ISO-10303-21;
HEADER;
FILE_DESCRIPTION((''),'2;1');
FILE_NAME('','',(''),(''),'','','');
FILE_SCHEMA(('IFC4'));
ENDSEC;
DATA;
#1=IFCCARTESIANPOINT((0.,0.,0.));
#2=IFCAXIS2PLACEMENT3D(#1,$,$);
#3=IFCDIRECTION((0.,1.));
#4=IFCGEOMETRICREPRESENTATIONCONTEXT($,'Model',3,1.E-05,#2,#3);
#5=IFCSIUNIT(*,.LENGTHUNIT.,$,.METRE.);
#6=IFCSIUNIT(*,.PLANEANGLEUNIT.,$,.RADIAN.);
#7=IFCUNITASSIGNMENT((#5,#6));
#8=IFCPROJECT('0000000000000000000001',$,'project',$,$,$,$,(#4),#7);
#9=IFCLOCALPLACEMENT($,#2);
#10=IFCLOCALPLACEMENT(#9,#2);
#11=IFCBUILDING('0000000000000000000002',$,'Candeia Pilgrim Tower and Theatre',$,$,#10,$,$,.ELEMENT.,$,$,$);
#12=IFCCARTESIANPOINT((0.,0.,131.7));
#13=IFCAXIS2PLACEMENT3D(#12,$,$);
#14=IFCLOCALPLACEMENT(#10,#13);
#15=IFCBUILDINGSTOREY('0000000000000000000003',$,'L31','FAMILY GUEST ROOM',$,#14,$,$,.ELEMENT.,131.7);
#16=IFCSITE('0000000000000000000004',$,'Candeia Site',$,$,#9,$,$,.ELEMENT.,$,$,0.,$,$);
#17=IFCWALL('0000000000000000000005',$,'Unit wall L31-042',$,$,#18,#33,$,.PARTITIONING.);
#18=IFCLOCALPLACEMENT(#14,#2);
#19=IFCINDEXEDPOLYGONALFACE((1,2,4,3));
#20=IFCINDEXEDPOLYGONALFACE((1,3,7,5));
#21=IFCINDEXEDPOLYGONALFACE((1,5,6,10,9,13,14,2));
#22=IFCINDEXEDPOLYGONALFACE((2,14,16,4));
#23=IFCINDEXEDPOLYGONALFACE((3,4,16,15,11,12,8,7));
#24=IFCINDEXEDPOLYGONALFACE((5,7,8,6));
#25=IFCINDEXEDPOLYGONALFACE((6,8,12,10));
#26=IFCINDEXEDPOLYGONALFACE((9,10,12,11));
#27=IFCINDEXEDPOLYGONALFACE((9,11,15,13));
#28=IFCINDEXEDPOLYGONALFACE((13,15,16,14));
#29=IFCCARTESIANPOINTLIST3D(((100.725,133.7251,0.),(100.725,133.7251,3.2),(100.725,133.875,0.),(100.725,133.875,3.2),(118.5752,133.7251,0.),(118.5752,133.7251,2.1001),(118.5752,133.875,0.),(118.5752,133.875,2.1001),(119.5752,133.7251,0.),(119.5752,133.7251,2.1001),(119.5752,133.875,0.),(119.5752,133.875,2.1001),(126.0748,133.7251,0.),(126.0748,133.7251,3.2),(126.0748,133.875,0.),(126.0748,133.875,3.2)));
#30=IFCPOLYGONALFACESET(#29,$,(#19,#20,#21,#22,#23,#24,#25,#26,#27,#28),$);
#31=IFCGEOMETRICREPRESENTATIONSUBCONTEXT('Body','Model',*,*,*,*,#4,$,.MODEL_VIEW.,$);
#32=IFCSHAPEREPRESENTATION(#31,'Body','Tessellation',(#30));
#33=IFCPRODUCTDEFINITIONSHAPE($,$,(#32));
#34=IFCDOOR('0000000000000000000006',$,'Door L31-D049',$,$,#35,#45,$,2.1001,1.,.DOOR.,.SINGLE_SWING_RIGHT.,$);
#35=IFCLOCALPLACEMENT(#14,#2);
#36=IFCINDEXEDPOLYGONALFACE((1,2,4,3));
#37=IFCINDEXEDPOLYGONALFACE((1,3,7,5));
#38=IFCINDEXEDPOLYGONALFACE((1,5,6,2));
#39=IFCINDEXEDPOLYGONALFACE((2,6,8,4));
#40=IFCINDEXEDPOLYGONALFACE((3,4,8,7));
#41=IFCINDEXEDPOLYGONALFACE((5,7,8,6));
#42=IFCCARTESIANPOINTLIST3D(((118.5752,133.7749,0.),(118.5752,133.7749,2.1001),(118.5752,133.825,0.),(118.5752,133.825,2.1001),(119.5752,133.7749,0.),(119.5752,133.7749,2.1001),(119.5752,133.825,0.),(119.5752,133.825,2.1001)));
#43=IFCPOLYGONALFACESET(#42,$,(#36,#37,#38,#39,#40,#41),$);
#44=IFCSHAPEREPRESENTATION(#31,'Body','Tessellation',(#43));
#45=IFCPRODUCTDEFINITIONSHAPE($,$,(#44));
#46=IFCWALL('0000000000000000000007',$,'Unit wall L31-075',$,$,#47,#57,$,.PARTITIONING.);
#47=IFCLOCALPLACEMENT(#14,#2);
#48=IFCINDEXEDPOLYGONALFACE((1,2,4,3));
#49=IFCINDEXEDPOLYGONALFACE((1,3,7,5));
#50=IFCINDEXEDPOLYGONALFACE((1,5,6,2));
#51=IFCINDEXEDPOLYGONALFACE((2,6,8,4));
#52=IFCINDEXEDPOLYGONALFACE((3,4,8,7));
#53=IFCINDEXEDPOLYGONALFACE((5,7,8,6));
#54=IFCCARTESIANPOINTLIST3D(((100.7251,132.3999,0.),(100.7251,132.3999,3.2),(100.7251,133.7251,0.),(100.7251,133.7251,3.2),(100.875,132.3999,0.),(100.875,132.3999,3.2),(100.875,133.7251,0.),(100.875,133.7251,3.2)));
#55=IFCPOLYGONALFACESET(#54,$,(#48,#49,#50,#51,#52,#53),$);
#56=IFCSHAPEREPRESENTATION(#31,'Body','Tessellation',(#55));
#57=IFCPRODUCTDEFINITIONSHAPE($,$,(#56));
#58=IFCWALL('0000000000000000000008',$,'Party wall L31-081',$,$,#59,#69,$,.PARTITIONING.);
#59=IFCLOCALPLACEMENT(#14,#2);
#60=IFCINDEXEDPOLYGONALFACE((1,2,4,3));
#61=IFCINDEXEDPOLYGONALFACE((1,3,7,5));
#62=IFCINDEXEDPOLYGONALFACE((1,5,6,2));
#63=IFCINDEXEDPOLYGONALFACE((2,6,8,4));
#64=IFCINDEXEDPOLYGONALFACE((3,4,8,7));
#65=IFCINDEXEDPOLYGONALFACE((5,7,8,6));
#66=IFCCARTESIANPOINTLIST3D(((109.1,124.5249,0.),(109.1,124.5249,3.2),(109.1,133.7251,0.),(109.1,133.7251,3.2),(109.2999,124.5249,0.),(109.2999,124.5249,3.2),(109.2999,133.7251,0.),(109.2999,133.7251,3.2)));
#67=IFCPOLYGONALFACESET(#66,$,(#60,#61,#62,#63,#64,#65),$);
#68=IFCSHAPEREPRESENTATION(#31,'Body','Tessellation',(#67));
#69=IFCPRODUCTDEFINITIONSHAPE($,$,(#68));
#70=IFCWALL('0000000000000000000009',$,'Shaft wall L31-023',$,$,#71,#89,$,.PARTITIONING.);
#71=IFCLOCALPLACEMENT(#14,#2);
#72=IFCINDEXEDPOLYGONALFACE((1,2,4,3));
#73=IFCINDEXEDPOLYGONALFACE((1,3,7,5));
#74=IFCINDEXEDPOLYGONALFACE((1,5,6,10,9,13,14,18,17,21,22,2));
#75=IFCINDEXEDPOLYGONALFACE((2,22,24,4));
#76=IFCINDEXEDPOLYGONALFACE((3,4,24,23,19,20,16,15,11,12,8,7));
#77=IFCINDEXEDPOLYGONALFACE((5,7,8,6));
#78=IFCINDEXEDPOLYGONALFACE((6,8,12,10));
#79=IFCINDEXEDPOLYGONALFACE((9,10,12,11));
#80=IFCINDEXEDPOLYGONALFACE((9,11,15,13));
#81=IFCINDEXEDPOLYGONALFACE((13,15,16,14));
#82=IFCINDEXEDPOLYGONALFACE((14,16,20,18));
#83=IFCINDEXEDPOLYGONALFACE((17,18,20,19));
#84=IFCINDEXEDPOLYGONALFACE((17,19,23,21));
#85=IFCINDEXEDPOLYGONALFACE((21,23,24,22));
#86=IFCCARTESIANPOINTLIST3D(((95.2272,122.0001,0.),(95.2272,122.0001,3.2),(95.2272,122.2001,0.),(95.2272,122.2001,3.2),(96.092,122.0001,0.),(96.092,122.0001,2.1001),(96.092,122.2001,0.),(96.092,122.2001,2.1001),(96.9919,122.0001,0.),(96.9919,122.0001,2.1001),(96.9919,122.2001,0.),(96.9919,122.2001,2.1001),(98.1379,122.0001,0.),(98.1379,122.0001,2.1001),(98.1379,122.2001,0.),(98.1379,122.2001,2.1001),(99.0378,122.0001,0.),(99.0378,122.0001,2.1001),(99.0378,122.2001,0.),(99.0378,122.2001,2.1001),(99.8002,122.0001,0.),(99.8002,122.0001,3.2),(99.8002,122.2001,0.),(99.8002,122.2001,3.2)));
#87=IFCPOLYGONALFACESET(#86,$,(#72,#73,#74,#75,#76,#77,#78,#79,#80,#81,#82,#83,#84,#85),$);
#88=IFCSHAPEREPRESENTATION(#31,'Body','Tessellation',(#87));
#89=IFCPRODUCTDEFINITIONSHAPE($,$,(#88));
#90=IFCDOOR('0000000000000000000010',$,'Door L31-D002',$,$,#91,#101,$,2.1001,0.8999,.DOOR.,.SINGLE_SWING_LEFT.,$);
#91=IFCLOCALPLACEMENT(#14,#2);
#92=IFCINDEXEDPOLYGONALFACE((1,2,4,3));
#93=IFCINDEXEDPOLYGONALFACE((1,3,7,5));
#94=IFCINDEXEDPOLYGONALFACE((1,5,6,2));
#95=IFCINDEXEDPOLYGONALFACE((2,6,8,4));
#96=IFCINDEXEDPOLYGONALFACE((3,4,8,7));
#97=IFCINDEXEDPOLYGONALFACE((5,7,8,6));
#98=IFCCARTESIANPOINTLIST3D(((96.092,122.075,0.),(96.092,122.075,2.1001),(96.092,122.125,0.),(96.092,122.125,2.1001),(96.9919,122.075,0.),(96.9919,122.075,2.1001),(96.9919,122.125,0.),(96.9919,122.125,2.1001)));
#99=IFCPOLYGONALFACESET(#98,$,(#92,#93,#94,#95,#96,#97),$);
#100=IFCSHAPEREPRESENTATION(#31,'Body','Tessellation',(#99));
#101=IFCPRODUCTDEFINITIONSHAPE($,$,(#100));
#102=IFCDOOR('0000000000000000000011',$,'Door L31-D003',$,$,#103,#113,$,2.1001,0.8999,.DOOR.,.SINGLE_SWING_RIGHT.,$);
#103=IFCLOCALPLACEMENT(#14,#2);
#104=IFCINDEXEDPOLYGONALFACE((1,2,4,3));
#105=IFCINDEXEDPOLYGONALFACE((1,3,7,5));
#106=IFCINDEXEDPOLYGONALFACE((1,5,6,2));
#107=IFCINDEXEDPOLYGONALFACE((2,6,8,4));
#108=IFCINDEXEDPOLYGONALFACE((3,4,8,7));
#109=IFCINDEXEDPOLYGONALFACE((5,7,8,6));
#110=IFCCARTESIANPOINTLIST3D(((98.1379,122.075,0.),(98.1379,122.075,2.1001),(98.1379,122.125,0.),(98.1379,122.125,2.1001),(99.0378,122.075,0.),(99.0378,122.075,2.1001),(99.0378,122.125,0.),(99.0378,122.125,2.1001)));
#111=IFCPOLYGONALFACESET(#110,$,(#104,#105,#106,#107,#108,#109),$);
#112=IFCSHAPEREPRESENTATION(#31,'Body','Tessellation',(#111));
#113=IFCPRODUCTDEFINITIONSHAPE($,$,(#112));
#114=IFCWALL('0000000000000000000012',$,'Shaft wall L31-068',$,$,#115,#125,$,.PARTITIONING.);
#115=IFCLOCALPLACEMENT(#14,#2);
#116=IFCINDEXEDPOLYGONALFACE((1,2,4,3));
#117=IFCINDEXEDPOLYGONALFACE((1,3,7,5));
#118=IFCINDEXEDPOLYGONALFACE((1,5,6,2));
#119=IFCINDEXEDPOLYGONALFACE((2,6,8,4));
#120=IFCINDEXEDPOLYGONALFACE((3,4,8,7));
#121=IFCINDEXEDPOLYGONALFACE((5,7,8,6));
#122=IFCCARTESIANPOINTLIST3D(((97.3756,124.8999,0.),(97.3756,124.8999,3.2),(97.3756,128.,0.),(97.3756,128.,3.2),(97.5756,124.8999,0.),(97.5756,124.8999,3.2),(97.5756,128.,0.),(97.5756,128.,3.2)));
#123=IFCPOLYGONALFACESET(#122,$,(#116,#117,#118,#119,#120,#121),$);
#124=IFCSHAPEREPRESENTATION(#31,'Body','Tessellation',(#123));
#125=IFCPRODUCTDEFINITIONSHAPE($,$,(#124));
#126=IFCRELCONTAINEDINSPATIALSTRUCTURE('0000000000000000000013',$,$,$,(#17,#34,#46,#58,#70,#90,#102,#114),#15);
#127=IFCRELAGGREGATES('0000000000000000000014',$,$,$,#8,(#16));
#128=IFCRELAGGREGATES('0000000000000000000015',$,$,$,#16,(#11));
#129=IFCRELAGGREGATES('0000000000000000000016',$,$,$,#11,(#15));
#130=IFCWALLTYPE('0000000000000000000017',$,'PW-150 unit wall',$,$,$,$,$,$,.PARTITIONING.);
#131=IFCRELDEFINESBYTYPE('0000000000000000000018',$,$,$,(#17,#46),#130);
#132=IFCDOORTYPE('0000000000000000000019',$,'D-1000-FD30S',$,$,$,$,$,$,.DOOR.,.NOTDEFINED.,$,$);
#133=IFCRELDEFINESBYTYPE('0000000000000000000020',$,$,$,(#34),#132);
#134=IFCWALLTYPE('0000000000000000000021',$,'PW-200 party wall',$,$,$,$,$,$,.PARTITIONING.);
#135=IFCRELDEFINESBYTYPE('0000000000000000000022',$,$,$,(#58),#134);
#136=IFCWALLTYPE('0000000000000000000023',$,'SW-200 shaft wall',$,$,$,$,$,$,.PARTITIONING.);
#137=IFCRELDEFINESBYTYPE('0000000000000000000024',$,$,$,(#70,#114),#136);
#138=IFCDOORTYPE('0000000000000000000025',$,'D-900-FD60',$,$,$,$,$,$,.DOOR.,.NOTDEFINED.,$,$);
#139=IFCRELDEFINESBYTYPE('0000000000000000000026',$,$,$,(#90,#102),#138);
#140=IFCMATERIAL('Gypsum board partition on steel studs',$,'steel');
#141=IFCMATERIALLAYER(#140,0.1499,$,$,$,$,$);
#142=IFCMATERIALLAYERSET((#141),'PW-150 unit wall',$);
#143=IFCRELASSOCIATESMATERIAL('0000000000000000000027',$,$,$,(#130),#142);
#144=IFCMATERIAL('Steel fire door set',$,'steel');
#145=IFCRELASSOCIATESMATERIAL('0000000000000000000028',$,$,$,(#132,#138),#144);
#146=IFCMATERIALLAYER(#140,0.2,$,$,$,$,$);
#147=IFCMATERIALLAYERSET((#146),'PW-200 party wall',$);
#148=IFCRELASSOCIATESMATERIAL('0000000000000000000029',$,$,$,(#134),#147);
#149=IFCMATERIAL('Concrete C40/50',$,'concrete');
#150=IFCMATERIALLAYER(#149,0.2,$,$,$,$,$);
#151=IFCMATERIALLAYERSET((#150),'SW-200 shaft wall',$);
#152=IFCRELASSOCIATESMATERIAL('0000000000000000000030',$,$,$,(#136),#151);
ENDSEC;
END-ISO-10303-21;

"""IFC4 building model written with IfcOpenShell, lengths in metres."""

from ifc_helpers import new_model, si_unit, direction, frame, frame_2d, origin, place, context, subcontext, project, spatial, rectangle, extrude, material, layer, layer_set, type_object, element, fill, save


model = new_model("IFC4")

# Units and contexts
model_context = context("Model", 3, precision=1e-05, world=origin(), true_north=direction((0.0, 1.0)))
body_context = subcontext(model_context, "Body", "Model", "MODEL_VIEW")
ifc_project = project(units=[si_unit("LENGTHUNIT", "METRE"), si_unit("PLANEANGLEUNIT", "RADIAN")], contexts=[model_context])

# Site, building, storey
site_placement = place(None, origin())
site = spatial("IfcSite", under=ifc_project, at=site_placement, Name="Candeia Site", CompositionType="ELEMENT", RefElevation=0.0)
building_placement = place(site_placement, origin())
building = spatial("IfcBuilding", under=site, at=building_placement, Name="Candeia Pilgrim Tower and Theatre", CompositionType="ELEMENT")
storey_placement = place(building_placement, frame((0.0, 0.0, 131.7)))
storey = spatial("IfcBuildingStorey", under=building, at=storey_placement, Name="L31", Description="FAMILY GUEST ROOM", CompositionType="ELEMENT", Elevation=131.7)

# Shared definitions
ifc_material_1 = material(Name="Steel fire door set", Category="steel")

# Shared definitions
ifc_material_2 = material(Name="Gypsum board partition on steel studs", Category="steel")
ifc_layer_1 = layer(ifc_material_2, 0.1499)
ifc_layer_set_1 = layer_set([ifc_layer_1], Name="PW-150 unit wall")
wall_type_1 = type_object("IfcWallType", Name="PW-150 unit wall", PredefinedType="PARTITIONING", material=ifc_layer_set_1)

# Shared definitions
door_type_1 = type_object("IfcDoorType", Name="D-1000-FD30S", OperationType="NOTDEFINED", PredefinedType="DOOR", material=ifc_material_1)

# Wall, opening, door
wall_1_placement = place(storey_placement, frame((100.7251, 133.8, 0.0), z_axis=(0.0, 0.0, 1.0), x_axis=(1.0, 0.0, 0.0)))
wall_1 = element("IfcWall", 1, at=wall_1_placement, inside=storey, type_object=wall_type_1, Name="Unit wall L31-042", PredefinedType="PARTITIONING", context=body_context, shape_type="SweptSolid", body=[
    extrude(rectangle(XDim=25.3499, YDim=0.1499, at=frame_2d((12.6748, 0.0))), origin(), (0.0, 0.0, 1.0), 3.2),
])
opening_1_placement = place(wall_1_placement, frame((17.8501, 0.0, 0.0)))
opening_1 = element("IfcOpeningElement", 2, at=opening_1_placement, cuts=wall_1, PredefinedType="OPENING", context=body_context, shape_type="SweptSolid", body=[
    extrude(rectangle(XDim=1.0, YDim=2.1001, at=frame_2d((0.5, 1.05))), frame((0.0, 0.085, 0.0), z_axis=(0.0, -1.0, 0.0), x_axis=(1.0, 0.0, 0.0)), (0.0, 0.0, 1.0), 0.1699),
])
door_1_placement = place(opening_1_placement, origin())
door_1 = element("IfcDoor", 3, at=door_1_placement, inside=storey, type_object=door_type_1, Name="Door L31-D049", OperationType="SINGLE_SWING_RIGHT", OverallHeight=2.1001, OverallWidth=1.0, PredefinedType="DOOR", context=body_context, shape_type="SweptSolid", body=[
    extrude(rectangle(XDim=1.0, YDim=2.1001, at=frame_2d((0.5, 1.05))), frame((0.0, 0.0249, 0.0), z_axis=(0.0, -1.0, 0.0), x_axis=(1.0, 0.0, 0.0)), (0.0, 0.0, 1.0), 0.05),
])
fill(opening_1, door_1)

# Walls
wall_2_placement = place(storey_placement, frame((100.8, 132.3999, 0.0), z_axis=(0.0, 0.0, 1.0), x_axis=(0.0, 1.0, 0.0)))
element("IfcWall", 4, at=wall_2_placement, inside=storey, type_object=wall_type_1, Name="Unit wall L31-075", PredefinedType="PARTITIONING", context=body_context, shape_type="SweptSolid", body=[
    extrude(rectangle(XDim=1.3252, YDim=0.1499, at=frame_2d((0.6626, 0.0))), origin(), (0.0, 0.0, 1.0), 3.2),
])
ifc_layer_2 = layer(ifc_material_2, 0.2)
ifc_layer_set_2 = layer_set([ifc_layer_2], Name="PW-200 party wall")
wall_type_2 = type_object("IfcWallType", Name="PW-200 party wall", PredefinedType="PARTITIONING", material=ifc_layer_set_2)
wall_3_placement = place(storey_placement, frame((109.2, 124.5249, 0.0), z_axis=(0.0, 0.0, 1.0), x_axis=(0.0, 1.0, 0.0)))
element("IfcWall", 5, at=wall_3_placement, inside=storey, type_object=wall_type_2, Name="Party wall L31-081", PredefinedType="PARTITIONING", context=body_context, shape_type="SweptSolid", body=[
    extrude(rectangle(XDim=9.2002, YDim=0.2, at=frame_2d((4.6001, 0.0))), origin(), (0.0, 0.0, 1.0), 3.2),
])

# Wall, openings, doors
ifc_material_3 = material(Name="Concrete C40/50", Category="concrete")
ifc_layer_3 = layer(ifc_material_3, 0.2)
ifc_layer_set_3 = layer_set([ifc_layer_3], Name="SW-200 shaft wall")
wall_type_3 = type_object("IfcWallType", Name="SW-200 shaft wall", PredefinedType="PARTITIONING", material=ifc_layer_set_3)
wall_4_placement = place(storey_placement, frame((95.2271, 122.1001, 0.0), z_axis=(0.0, 0.0, 1.0), x_axis=(1.0, 0.0, 0.0)))
wall_4 = element("IfcWall", 6, at=wall_4_placement, inside=storey, type_object=wall_type_3, Name="Shaft wall L31-023", PredefinedType="PARTITIONING", context=body_context, shape_type="SweptSolid", body=[
    extrude(rectangle(XDim=4.573, YDim=0.2, at=frame_2d((2.2866, 0.0))), origin(), (0.0, 0.0, 1.0), 3.2),
])
opening_2_placement = place(wall_4_placement, frame((0.865, 0.0, 0.0)))
opening_2 = element("IfcOpeningElement", 7, at=opening_2_placement, cuts=wall_4, PredefinedType="OPENING", context=body_context, shape_type="SweptSolid", body=[
    extrude(rectangle(XDim=0.8999, YDim=2.1001, at=frame_2d((0.45, 1.05))), frame((0.0, 0.1099, 0.0), z_axis=(0.0, -1.0, 0.0), x_axis=(1.0, 0.0, 0.0)), (0.0, 0.0, 1.0), 0.22),
])
opening_3_placement = place(wall_4_placement, frame((2.9109, 0.0, 0.0)))
opening_3 = element("IfcOpeningElement", 8, at=opening_3_placement, cuts=wall_4, PredefinedType="OPENING", context=body_context, shape_type="SweptSolid", body=[
    extrude(rectangle(XDim=0.8999, YDim=2.1001, at=frame_2d((0.45, 1.05))), frame((0.0, 0.1099, 0.0), z_axis=(0.0, -1.0, 0.0), x_axis=(1.0, 0.0, 0.0)), (0.0, 0.0, 1.0), 0.22),
])
door_type_2 = type_object("IfcDoorType", Name="D-900-FD60", OperationType="NOTDEFINED", PredefinedType="DOOR", material=ifc_material_1)
door_2_placement = place(opening_2_placement, origin())
door_2 = element("IfcDoor", 9, at=door_2_placement, inside=storey, type_object=door_type_2, Name="Door L31-D002", OperationType="SINGLE_SWING_LEFT", OverallHeight=2.1001, OverallWidth=0.8999, PredefinedType="DOOR", context=body_context, shape_type="SweptSolid", body=[
    extrude(rectangle(XDim=0.8999, YDim=2.1001, at=frame_2d((0.45, 1.05))), frame((0.0, 0.0249, 0.0), z_axis=(0.0, -1.0, 0.0), x_axis=(1.0, 0.0, 0.0)), (0.0, 0.0, 1.0), 0.05),
])
fill(opening_2, door_2)
door_3_placement = place(opening_3_placement, origin())
door_3 = element("IfcDoor", 10, at=door_3_placement, inside=storey, type_object=door_type_2, Name="Door L31-D003", OperationType="SINGLE_SWING_RIGHT", OverallHeight=2.1001, OverallWidth=0.8999, PredefinedType="DOOR", context=body_context, shape_type="SweptSolid", body=[
    extrude(rectangle(XDim=0.8999, YDim=2.1001, at=frame_2d((0.45, 1.05))), frame((0.0, 0.0249, 0.0), z_axis=(0.0, -1.0, 0.0), x_axis=(1.0, 0.0, 0.0)), (0.0, 0.0, 1.0), 0.05),
])
fill(opening_3, door_3)

# Wall
wall_5_placement = place(storey_placement, frame((97.4756, 124.8999, 0.0), z_axis=(0.0, 0.0, 1.0), x_axis=(0.0, 1.0, 0.0)))
element("IfcWall", 11, at=wall_5_placement, inside=storey, type_object=wall_type_3, Name="Shaft wall L31-068", PredefinedType="PARTITIONING", context=body_context, shape_type="SweptSolid", body=[
    extrude(rectangle(XDim=3.1001, YDim=0.2, at=frame_2d((1.55, 0.0))), origin(), (0.0, 0.0, 1.0), 3.2),
])

save(model, "model.ifc")
